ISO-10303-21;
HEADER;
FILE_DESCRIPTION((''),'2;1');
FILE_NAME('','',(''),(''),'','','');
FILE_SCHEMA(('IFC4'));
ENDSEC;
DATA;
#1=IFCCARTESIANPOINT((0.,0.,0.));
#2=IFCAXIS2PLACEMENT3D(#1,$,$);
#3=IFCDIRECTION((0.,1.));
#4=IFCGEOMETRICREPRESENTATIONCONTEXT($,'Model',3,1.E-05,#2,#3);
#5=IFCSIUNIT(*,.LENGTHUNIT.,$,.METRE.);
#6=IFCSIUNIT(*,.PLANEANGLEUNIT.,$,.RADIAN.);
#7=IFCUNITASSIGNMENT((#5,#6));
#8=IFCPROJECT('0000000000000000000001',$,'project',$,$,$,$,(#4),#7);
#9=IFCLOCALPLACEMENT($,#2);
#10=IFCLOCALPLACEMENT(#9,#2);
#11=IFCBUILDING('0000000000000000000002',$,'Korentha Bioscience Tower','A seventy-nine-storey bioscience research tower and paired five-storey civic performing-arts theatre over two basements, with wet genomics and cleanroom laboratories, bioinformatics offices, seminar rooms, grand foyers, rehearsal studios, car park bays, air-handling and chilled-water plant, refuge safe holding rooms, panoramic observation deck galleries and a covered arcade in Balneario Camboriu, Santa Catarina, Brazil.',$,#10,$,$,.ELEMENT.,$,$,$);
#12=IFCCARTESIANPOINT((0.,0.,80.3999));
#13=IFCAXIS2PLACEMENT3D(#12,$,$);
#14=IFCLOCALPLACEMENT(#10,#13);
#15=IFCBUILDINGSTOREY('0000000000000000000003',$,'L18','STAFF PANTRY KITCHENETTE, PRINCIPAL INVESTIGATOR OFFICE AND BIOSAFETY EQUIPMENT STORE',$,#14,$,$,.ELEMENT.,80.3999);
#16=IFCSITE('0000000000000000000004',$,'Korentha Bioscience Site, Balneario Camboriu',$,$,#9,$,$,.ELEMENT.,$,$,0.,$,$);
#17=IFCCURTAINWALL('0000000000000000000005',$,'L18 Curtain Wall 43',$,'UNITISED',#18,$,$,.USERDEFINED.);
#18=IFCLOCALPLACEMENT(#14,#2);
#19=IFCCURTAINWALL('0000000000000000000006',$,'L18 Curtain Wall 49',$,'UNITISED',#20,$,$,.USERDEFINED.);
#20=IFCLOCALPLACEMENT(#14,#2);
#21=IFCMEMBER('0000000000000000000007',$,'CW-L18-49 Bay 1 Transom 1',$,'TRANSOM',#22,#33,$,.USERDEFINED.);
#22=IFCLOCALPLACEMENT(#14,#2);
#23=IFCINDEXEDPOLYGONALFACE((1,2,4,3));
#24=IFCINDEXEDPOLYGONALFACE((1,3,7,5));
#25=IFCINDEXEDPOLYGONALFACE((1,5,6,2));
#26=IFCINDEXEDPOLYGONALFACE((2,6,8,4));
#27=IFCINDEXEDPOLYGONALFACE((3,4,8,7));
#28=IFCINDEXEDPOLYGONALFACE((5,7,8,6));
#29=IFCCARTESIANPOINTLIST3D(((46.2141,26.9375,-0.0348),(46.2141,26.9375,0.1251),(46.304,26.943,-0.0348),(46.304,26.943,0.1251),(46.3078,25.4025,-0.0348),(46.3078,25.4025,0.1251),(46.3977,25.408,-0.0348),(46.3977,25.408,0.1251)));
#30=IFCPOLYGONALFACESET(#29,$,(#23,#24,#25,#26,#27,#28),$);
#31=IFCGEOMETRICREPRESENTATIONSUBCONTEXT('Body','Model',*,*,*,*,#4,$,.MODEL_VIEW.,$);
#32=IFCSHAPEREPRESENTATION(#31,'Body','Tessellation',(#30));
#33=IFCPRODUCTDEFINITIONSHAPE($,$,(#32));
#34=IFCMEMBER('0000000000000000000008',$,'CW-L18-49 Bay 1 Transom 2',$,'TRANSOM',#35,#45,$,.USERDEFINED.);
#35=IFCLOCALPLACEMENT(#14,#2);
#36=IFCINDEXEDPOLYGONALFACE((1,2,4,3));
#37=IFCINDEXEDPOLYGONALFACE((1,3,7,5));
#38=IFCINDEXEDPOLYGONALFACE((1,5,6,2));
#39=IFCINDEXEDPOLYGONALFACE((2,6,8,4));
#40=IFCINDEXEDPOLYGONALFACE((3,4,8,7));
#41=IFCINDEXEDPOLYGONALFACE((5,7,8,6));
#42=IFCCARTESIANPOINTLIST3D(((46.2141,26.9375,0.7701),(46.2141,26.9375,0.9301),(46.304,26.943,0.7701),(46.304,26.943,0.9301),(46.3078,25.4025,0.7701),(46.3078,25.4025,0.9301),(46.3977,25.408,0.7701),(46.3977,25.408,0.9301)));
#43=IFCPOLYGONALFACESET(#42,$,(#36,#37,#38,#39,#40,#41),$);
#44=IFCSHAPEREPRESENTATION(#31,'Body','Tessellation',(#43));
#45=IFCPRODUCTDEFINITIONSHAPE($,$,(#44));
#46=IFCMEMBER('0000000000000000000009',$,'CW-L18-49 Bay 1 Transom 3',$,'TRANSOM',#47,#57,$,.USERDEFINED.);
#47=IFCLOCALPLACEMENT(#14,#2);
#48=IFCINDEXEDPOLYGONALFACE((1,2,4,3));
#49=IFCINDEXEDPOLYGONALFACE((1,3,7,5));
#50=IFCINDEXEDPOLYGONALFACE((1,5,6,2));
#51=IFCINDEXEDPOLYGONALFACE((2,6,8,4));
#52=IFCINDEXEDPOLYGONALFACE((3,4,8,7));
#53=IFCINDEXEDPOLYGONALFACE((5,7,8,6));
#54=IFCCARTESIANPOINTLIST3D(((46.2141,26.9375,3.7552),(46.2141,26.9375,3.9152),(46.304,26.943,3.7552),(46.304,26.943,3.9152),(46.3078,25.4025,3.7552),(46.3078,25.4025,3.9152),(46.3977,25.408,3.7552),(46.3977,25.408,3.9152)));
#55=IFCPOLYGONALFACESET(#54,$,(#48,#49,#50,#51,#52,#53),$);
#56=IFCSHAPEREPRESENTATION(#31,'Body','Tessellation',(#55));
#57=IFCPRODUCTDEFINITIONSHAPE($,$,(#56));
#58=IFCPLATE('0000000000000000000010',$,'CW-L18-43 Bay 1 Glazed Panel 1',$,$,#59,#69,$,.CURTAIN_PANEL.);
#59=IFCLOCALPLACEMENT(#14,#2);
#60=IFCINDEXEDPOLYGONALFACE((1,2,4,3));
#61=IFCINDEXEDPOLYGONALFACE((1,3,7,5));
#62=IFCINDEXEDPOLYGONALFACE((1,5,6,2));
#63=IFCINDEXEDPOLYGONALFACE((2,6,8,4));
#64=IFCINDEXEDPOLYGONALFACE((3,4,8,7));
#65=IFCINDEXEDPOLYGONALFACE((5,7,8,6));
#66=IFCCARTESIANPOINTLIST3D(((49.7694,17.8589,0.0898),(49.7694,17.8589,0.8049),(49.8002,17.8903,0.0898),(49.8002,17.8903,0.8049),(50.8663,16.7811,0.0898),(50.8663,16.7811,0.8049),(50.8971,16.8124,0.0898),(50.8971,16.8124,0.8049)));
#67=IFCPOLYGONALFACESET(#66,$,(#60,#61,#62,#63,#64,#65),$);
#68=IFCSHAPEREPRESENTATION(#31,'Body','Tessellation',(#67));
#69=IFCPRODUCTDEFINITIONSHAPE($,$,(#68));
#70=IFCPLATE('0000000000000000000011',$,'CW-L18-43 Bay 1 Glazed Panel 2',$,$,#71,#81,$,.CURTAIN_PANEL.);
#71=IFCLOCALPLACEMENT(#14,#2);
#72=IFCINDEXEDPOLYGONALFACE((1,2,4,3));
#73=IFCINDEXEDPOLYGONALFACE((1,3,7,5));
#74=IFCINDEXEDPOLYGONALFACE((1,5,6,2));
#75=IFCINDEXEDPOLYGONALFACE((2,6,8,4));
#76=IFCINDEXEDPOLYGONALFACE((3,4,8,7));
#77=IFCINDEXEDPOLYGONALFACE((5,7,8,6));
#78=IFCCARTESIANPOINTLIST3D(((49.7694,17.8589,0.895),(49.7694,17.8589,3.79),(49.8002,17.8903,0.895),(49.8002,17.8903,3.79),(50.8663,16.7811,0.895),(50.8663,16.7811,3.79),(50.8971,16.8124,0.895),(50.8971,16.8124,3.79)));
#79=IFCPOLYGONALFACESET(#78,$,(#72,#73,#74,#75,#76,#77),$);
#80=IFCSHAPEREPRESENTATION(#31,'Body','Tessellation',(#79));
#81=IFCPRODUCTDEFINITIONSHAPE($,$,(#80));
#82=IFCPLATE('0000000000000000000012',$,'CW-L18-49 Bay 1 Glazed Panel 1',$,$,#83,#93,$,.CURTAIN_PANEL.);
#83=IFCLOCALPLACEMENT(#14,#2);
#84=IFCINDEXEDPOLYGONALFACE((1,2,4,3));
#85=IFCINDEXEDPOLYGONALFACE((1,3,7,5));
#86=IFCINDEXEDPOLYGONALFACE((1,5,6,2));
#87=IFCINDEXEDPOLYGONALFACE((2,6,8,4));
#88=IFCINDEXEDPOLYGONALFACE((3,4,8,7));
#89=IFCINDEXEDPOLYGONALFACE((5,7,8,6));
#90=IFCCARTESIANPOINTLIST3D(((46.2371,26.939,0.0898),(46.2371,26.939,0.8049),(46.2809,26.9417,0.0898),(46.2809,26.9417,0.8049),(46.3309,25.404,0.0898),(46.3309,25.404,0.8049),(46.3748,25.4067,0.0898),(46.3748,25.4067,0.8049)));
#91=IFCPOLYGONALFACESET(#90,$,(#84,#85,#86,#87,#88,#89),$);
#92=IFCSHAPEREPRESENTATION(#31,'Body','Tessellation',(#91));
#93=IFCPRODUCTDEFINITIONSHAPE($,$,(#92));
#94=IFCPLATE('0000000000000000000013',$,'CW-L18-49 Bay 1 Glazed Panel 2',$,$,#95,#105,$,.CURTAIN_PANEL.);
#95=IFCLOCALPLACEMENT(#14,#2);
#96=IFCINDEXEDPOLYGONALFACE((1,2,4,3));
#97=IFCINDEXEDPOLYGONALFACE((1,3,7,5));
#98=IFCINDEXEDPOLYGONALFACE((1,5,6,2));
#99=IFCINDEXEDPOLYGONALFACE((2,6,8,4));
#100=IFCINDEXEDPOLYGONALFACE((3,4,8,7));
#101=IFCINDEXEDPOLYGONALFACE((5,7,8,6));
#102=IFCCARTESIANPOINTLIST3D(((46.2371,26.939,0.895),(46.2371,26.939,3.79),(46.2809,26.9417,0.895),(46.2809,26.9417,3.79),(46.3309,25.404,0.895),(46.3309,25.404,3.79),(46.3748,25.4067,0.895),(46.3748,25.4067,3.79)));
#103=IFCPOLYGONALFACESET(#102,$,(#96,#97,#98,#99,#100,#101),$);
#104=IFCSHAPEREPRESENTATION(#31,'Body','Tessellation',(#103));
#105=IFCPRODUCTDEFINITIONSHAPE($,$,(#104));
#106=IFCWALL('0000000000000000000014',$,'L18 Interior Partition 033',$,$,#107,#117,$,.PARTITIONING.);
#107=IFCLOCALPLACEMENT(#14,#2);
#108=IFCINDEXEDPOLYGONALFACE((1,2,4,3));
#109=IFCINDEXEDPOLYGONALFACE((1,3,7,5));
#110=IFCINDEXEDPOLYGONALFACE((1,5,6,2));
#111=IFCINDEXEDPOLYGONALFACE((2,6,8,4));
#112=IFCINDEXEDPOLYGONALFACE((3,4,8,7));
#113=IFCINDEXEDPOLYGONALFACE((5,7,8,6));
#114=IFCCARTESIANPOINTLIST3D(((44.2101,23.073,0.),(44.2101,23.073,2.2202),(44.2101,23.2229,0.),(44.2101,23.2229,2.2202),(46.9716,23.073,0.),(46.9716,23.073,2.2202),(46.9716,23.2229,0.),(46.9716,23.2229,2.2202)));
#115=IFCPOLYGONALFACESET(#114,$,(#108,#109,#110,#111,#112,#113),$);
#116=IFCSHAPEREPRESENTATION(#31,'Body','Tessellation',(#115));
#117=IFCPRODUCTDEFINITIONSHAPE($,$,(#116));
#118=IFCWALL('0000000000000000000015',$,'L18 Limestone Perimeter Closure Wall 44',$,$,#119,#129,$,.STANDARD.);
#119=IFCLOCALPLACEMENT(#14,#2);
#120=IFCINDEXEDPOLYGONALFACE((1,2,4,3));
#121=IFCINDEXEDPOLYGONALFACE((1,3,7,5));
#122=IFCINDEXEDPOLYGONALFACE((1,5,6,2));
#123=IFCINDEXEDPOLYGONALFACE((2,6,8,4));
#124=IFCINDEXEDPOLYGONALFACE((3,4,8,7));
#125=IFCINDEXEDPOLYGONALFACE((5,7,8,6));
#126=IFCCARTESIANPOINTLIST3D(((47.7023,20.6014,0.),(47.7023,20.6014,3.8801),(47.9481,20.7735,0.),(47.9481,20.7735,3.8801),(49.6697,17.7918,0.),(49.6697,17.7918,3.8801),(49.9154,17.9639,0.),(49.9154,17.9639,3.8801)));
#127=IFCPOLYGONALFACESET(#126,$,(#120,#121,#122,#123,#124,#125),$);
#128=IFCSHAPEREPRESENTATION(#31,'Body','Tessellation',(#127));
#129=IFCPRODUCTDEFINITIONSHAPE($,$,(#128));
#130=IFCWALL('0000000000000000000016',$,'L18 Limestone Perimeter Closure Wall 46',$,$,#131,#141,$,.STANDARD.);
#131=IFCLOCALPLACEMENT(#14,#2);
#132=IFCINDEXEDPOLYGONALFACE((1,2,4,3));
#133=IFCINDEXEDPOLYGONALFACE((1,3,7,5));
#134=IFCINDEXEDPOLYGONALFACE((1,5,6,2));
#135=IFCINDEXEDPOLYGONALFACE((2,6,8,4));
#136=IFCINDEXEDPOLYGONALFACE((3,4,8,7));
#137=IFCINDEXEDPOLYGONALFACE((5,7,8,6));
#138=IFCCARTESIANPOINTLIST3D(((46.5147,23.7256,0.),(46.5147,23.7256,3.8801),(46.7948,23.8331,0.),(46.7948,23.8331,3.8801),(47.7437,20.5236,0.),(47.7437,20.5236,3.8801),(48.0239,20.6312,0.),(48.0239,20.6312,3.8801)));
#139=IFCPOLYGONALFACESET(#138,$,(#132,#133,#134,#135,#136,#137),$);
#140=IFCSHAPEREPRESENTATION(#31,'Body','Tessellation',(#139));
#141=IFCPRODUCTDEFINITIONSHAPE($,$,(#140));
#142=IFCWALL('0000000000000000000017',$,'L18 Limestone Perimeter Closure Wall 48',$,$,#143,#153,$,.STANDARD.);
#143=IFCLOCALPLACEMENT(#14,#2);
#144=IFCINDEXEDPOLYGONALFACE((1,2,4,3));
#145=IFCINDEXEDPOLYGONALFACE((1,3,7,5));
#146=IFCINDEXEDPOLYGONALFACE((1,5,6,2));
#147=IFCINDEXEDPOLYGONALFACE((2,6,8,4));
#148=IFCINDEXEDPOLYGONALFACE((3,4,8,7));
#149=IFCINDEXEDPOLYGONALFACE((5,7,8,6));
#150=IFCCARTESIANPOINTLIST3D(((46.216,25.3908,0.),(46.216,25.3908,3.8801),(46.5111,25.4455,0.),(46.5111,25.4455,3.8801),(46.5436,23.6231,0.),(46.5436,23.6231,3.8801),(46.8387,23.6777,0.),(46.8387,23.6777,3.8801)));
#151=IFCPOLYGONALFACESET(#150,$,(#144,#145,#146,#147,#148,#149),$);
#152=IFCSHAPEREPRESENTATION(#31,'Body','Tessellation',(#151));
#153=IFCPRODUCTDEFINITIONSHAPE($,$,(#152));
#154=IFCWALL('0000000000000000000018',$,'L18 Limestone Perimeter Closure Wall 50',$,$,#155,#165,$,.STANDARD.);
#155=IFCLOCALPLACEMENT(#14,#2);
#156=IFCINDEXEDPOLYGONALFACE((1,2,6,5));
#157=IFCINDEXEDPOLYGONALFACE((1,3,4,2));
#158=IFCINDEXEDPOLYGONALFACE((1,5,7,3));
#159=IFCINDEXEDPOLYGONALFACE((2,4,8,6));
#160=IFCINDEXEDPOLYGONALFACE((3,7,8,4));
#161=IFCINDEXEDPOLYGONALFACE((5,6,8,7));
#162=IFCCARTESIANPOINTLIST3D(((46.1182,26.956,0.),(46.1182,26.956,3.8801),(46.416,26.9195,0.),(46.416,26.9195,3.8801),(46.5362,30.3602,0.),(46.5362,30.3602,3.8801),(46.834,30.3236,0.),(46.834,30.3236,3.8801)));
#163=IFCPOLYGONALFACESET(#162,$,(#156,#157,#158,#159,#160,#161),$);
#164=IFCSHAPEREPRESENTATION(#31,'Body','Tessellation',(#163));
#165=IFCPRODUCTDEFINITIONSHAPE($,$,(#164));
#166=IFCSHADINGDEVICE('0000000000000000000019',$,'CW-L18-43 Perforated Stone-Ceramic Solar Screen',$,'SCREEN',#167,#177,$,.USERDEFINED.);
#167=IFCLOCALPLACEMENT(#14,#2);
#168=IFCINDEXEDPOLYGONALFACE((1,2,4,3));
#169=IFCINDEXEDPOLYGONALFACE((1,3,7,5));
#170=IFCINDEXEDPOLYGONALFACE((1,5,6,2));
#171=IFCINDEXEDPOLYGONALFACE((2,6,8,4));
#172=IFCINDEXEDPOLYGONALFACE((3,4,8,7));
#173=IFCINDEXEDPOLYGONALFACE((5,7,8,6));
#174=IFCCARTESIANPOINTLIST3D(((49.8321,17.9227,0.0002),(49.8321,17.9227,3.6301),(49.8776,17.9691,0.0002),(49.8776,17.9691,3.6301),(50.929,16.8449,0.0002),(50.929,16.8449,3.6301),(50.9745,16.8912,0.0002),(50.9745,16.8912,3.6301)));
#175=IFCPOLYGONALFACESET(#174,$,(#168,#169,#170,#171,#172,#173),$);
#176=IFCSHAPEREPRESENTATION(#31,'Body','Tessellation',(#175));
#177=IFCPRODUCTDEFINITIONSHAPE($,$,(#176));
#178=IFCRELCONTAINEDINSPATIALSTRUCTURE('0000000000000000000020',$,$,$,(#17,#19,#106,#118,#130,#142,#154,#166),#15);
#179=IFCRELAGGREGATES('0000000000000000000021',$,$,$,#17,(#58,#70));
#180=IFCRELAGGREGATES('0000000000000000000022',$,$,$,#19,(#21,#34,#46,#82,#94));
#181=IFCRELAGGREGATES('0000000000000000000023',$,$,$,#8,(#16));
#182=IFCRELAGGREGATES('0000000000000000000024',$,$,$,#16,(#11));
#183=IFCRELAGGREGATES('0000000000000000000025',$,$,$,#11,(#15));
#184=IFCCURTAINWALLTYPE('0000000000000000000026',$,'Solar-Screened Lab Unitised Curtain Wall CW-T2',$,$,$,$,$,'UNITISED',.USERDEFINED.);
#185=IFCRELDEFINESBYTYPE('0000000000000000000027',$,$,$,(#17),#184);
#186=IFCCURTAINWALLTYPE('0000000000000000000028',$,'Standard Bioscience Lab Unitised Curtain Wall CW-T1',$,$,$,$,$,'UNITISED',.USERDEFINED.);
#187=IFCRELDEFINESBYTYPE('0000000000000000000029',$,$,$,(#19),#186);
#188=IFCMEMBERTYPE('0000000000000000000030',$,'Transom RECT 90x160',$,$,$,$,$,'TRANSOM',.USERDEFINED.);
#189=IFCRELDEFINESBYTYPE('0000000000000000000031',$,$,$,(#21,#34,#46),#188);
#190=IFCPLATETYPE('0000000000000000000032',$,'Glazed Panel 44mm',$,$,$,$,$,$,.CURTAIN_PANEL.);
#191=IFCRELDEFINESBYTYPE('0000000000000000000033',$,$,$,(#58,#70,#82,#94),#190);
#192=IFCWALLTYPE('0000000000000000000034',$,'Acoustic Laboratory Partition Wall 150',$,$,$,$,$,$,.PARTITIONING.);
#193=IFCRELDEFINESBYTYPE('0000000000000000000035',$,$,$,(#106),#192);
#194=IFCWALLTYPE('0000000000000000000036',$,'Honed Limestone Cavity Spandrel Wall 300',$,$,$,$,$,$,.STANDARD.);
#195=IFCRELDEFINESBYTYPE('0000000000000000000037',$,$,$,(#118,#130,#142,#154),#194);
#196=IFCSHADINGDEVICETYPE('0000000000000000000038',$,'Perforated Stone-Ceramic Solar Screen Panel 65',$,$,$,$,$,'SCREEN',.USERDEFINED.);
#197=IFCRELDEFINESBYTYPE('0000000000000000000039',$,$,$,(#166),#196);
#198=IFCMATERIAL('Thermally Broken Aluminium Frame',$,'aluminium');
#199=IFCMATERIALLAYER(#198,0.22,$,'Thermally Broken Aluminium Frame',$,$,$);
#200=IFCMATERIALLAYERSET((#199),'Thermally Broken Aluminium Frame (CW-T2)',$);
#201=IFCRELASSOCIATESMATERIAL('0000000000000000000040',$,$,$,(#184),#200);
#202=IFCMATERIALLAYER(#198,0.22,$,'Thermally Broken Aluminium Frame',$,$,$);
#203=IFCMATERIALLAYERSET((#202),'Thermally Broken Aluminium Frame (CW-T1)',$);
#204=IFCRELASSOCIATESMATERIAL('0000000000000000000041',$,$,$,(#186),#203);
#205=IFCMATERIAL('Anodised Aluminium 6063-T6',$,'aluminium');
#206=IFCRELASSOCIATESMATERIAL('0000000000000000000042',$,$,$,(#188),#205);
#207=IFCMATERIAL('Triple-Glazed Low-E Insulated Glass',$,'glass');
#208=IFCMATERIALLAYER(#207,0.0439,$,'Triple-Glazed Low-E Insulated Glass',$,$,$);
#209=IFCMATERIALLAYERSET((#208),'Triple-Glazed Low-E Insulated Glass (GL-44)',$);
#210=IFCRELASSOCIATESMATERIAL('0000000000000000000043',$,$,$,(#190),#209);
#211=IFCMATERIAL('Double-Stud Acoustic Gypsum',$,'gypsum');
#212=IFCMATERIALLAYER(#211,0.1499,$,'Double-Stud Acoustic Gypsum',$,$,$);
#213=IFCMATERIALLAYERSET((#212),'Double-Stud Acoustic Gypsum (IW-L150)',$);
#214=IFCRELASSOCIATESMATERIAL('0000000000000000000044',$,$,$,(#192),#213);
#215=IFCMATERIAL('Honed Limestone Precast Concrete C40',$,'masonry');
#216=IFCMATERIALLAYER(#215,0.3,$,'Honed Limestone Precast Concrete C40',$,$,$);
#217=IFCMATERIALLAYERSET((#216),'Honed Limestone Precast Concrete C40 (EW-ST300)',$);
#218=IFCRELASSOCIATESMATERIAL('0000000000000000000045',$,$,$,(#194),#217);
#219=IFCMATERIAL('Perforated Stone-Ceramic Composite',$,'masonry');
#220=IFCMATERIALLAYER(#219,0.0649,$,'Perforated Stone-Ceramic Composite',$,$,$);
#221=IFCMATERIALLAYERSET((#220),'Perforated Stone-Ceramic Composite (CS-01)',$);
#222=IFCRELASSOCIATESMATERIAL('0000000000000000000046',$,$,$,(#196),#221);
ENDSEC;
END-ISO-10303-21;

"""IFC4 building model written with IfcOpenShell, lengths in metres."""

from ifc_helpers import new_model, si_unit, direction, frame, frame_2d, origin, origin_2d, place, context, subcontext, project, spatial, rectangle, extrude, material, layer, layer_set, material_profile, profile_set, type_object, element, aggregate, save


model = new_model("IFC4")

# Units and contexts
model_context = context("Model", 3, precision=1e-05, world=origin(), true_north=direction((0.0, 1.0)))
body_context = subcontext(model_context, "Body", "Model", "MODEL_VIEW")
ifc_project = project(units=[si_unit("LENGTHUNIT", "METRE"), si_unit("PLANEANGLEUNIT", "RADIAN")], contexts=[model_context])

# Site, building, storey
site_placement = place(None, origin())
site = spatial("IfcSite", under=ifc_project, at=site_placement, Name="Korentha Bioscience Site, Balneario Camboriu", CompositionType="ELEMENT", RefElevation=0.0)
building_placement = place(site_placement, origin())
building = spatial("IfcBuilding", under=site, at=building_placement, Name="Korentha Bioscience Tower", Description="A seventy-nine-storey bioscience research tower and paired five-storey civic performing-arts theatre over two basements, with wet genomics and cleanroom laboratories, bioinformatics offices, seminar rooms, grand foyers, rehearsal studios, car park bays, air-handling and chilled-water plant, refuge safe holding rooms, panoramic observation deck galleries and a covered arcade in Balneario Camboriu, Santa Catarina, Brazil.", CompositionType="ELEMENT")
storey_placement = place(building_placement, frame((0.0, 0.0, 80.3999)))
storey = spatial("IfcBuildingStorey", under=building, at=storey_placement, Name="L18", Description="STAFF PANTRY KITCHENETTE, PRINCIPAL INVESTIGATOR OFFICE AND BIOSAFETY EQUIPMENT STORE", CompositionType="ELEMENT", Elevation=80.3999)

# Curtain wall
ifc_material_1 = material(Name="Thermally Broken Aluminium Frame", Category="aluminium")
ifc_layer_1 = layer(ifc_material_1, 0.22, Name="Thermally Broken Aluminium Frame")
ifc_layer_set_1 = layer_set([ifc_layer_1], Name="Thermally Broken Aluminium Frame (CW-T2)")
curtain_wall_type_1 = type_object("IfcCurtainWallType", Name="Solar-Screened Lab Unitised Curtain Wall CW-T2", ElementType="UNITISED", PredefinedType="USERDEFINED", material=ifc_layer_set_1)
curtain_wall_1_placement = place(storey_placement, origin())
curtain_wall_1 = element("IfcCurtainWall", 1, at=curtain_wall_1_placement, inside=storey, type_object=curtain_wall_type_1, Name="L18 Curtain Wall 43", ObjectType="UNITISED", PredefinedType="USERDEFINED")
ifc_material_2 = material(Name="Anodised Aluminium 6063-T6", Category="aluminium")

# Curtain wall
ifc_layer_2 = layer(ifc_material_1, 0.22, Name="Thermally Broken Aluminium Frame")
ifc_layer_set_2 = layer_set([ifc_layer_2], Name="Thermally Broken Aluminium Frame (CW-T1)")
curtain_wall_type_2 = type_object("IfcCurtainWallType", Name="Standard Bioscience Lab Unitised Curtain Wall CW-T1", ElementType="UNITISED", PredefinedType="USERDEFINED", material=ifc_layer_set_2)
curtain_wall_2_placement = place(storey_placement, origin())
curtain_wall_2 = element("IfcCurtainWall", 2, at=curtain_wall_2_placement, inside=storey, type_object=curtain_wall_type_2, Name="L18 Curtain Wall 49", ObjectType="UNITISED", PredefinedType="USERDEFINED")

# Members
ifc_material_profile_1 = material_profile(ifc_material_2, rectangle(XDim=0.0901, YDim=0.1599, at=origin_2d()), Name="Anodised Aluminium 6063-T6")
ifc_profile_set_1 = profile_set([ifc_material_profile_1], Name="Anodised Aluminium 6063-T6 (CW-TRN)")
member_type_1 = type_object("IfcMemberType", Name="Transom RECT 90x160", ElementType="TRANSOM", PredefinedType="USERDEFINED", material=ifc_profile_set_1)
member_1_placement = place(storey_placement, frame((46.3528, 25.4053, 0.0452), z_axis=(-0.060965, 0.99814, 0.0), x_axis=(-0.99814, -0.060965, 0.0)))
member_1 = element("IfcMember", 3, at=member_1_placement, type_object=member_type_1, Name="CW-L18-49 Bay 1 Transom 1", ObjectType="TRANSOM", PredefinedType="USERDEFINED", context=body_context, shape_type="SweptSolid", body=[
    extrude(rectangle(XDim=0.0901, YDim=0.1599, at=origin_2d()), origin(), (0.0, 0.0, 1.0), 1.5378),
])
member_2_placement = place(storey_placement, frame((46.3528, 25.4053, 0.8501), z_axis=(-0.060965, 0.99814, 0.0), x_axis=(-0.99814, -0.060965, 0.0)))
member_2 = element("IfcMember", 4, at=member_2_placement, type_object=member_type_1, Name="CW-L18-49 Bay 1 Transom 2", ObjectType="TRANSOM", PredefinedType="USERDEFINED", context=body_context, shape_type="SweptSolid", body=[
    extrude(rectangle(XDim=0.0901, YDim=0.1599, at=origin_2d()), origin(), (0.0, 0.0, 1.0), 1.5378),
])
member_3_placement = place(storey_placement, frame((46.3528, 25.4053, 3.8352), z_axis=(-0.060965, 0.99814, 0.0), x_axis=(-0.99814, -0.060965, 0.0)))
member_3 = element("IfcMember", 5, at=member_3_placement, type_object=member_type_1, Name="CW-L18-49 Bay 1 Transom 3", ObjectType="TRANSOM", PredefinedType="USERDEFINED", context=body_context, shape_type="SweptSolid", body=[
    extrude(rectangle(XDim=0.0901, YDim=0.1599, at=origin_2d()), origin(), (0.0, 0.0, 1.0), 1.5378),
])

# Plates
ifc_material_3 = material(Name="Triple-Glazed Low-E Insulated Glass", Category="glass")
ifc_layer_3 = layer(ifc_material_3, 0.0439, Name="Triple-Glazed Low-E Insulated Glass")
ifc_layer_set_3 = layer_set([ifc_layer_3], Name="Triple-Glazed Low-E Insulated Glass (GL-44)")
plate_type = type_object("IfcPlateType", Name="Glazed Panel 44mm", PredefinedType="CURTAIN_PANEL", material=ifc_layer_set_3)
plate_1_placement = place(storey_placement, frame((50.3333, 17.3357, 0.0898), z_axis=(0.0, 0.0, 1.0), x_axis=(-0.713279, 0.70088, 0.0)))
plate_1 = element("IfcPlate", 6, at=plate_1_placement, type_object=plate_type, Name="CW-L18-43 Bay 1 Glazed Panel 1", PredefinedType="CURTAIN_PANEL", context=body_context, shape_type="SweptSolid", body=[
    extrude(rectangle(XDim=1.5378, YDim=0.0439, at=origin_2d()), origin(), (0.0, 0.0, 1.0), 0.7151),
])
plate_2_placement = place(storey_placement, frame((50.3333, 17.3357, 0.895), z_axis=(0.0, 0.0, 1.0), x_axis=(-0.713279, 0.70088, 0.0)))
plate_2 = element("IfcPlate", 7, at=plate_2_placement, type_object=plate_type, Name="CW-L18-43 Bay 1 Glazed Panel 2", PredefinedType="CURTAIN_PANEL", context=body_context, shape_type="SweptSolid", body=[
    extrude(rectangle(XDim=1.5378, YDim=0.0439, at=origin_2d()), origin(), (0.0, 0.0, 1.0), 2.895),
])
aggregate(curtain_wall_1, [plate_1, plate_2])
plate_3_placement = place(storey_placement, frame((46.3059, 26.1729, 0.0898), z_axis=(0.0, 0.0, 1.0), x_axis=(-0.061008, 0.998137, 0.0)))
plate_3 = element("IfcPlate", 8, at=plate_3_placement, type_object=plate_type, Name="CW-L18-49 Bay 1 Glazed Panel 1", PredefinedType="CURTAIN_PANEL", context=body_context, shape_type="SweptSolid", body=[
    extrude(rectangle(XDim=1.5378, YDim=0.0439, at=origin_2d()), origin(), (0.0, 0.0, 1.0), 0.7151),
])
plate_4_placement = place(storey_placement, frame((46.3059, 26.1729, 0.895), z_axis=(0.0, 0.0, 1.0), x_axis=(-0.061008, 0.998137, 0.0)))
plate_4 = element("IfcPlate", 9, at=plate_4_placement, type_object=plate_type, Name="CW-L18-49 Bay 1 Glazed Panel 2", PredefinedType="CURTAIN_PANEL", context=body_context, shape_type="SweptSolid", body=[
    extrude(rectangle(XDim=1.5378, YDim=0.0439, at=origin_2d()), origin(), (0.0, 0.0, 1.0), 2.895),
])
aggregate(curtain_wall_2, [member_1, member_2, member_3, plate_3, plate_4])

# Walls
ifc_material_4 = material(Name="Double-Stud Acoustic Gypsum", Category="gypsum")
ifc_layer_4 = layer(ifc_material_4, 0.1499, Name="Double-Stud Acoustic Gypsum")
ifc_layer_set_4 = layer_set([ifc_layer_4], Name="Double-Stud Acoustic Gypsum (IW-L150)")
wall_type_1 = type_object("IfcWallType", Name="Acoustic Laboratory Partition Wall 150", PredefinedType="PARTITIONING", material=ifc_layer_set_4)
wall_1_placement = place(storey_placement, frame((44.21, 23.1479, 0.0), z_axis=(0.0, 0.0, 1.0), x_axis=(1.0, 0.0, 0.0)))
element("IfcWall", 10, at=wall_1_placement, inside=storey, type_object=wall_type_1, Name="L18 Interior Partition 033", PredefinedType="PARTITIONING", context=body_context, shape_type="SweptSolid", body=[
    extrude(rectangle(XDim=2.7615, YDim=0.1499, at=frame_2d((1.3809, 0.0))), origin(), (0.0, 0.0, 1.0), 2.2202),
])
ifc_material_5 = material(Name="Honed Limestone Precast Concrete C40", Category="masonry")
ifc_layer_5 = layer(ifc_material_5, 0.3, Name="Honed Limestone Precast Concrete C40")
ifc_layer_set_5 = layer_set([ifc_layer_5], Name="Honed Limestone Precast Concrete C40 (EW-ST300)")
wall_type_2 = type_object("IfcWallType", Name="Honed Limestone Cavity Spandrel Wall 300", PredefinedType="STANDARD", material=ifc_layer_set_5)
wall_2_placement = place(storey_placement, frame((49.7925, 17.8779, 0.0), z_axis=(0.0, 0.0, 1.0), x_axis=(-0.573577, 0.819152, 0.0)))
element("IfcWall", 11, at=wall_2_placement, inside=storey, type_object=wall_type_2, Name="L18 Limestone Perimeter Closure Wall 44", PredefinedType="STANDARD", context=body_context, shape_type="SweptSolid", body=[
    extrude(rectangle(XDim=3.4299, YDim=0.3, at=frame_2d((1.7148, 0.0))), origin(), (0.0, 0.0, 1.0), 3.8801),
])
wall_3_placement = place(storey_placement, frame((47.8838, 20.5774, 0.0), z_axis=(0.0, 0.0, 1.0), x_axis=(-0.358345, 0.933589, 0.0)))
element("IfcWall", 12, at=wall_3_placement, inside=storey, type_object=wall_type_2, Name="L18 Limestone Perimeter Closure Wall 46", PredefinedType="STANDARD", context=body_context, shape_type="SweptSolid", body=[
    extrude(rectangle(XDim=3.4297, YDim=0.3, at=frame_2d((1.7148, 0.0))), origin(), (0.0, 0.0, 1.0), 3.8801),
])
wall_4_placement = place(storey_placement, frame((46.6912, 23.6504, 0.0), z_axis=(0.0, 0.0, 1.0), x_axis=(-0.18223, 0.983256, 0.0)))
element("IfcWall", 13, at=wall_4_placement, inside=storey, type_object=wall_type_2, Name="L18 Limestone Perimeter Closure Wall 48", PredefinedType="STANDARD", context=body_context, shape_type="SweptSolid", body=[
    extrude(rectangle(XDim=1.7979, YDim=0.3, at=frame_2d((0.8989, 0.0))), origin(), (0.0, 0.0, 1.0), 3.8801),
])
wall_5_placement = place(storey_placement, frame((46.2671, 26.9377, 0.0), z_axis=(0.0, 0.0, 1.0), x_axis=(0.12187, 0.992546, 0.0)))
element("IfcWall", 14, at=wall_5_placement, inside=storey, type_object=wall_type_2, Name="L18 Limestone Perimeter Closure Wall 50", PredefinedType="STANDARD", context=body_context, shape_type="SweptSolid", body=[
    extrude(rectangle(XDim=3.4297, YDim=0.3, at=frame_2d((1.7148, 0.0))), origin(), (0.0, 0.0, 1.0), 3.8801),
])

# Shading device
ifc_material_6 = material(Name="Perforated Stone-Ceramic Composite", Category="masonry")
ifc_layer_6 = layer(ifc_material_6, 0.0649, Name="Perforated Stone-Ceramic Composite")
ifc_layer_set_6 = layer_set([ifc_layer_6], Name="Perforated Stone-Ceramic Composite (CS-01)")
shading_device_type_1 = type_object("IfcShadingDeviceType", Name="Perforated Stone-Ceramic Solar Screen Panel 65", ElementType="SCREEN", PredefinedType="USERDEFINED", material=ifc_layer_set_6)
shading_device_1_placement = place(storey_placement, frame((50.4033, 17.407, 0.0002), z_axis=(0.0, 0.0, 1.0), x_axis=(-0.713279, 0.70088, 0.0)))
element("IfcShadingDevice", 15, at=shading_device_1_placement, inside=storey, type_object=shading_device_type_1, Name="CW-L18-43 Perforated Stone-Ceramic Solar Screen", ObjectType="SCREEN", PredefinedType="USERDEFINED", context=body_context, shape_type="SweptSolid", body=[
    extrude(rectangle(XDim=1.5378, YDim=0.0649, at=origin_2d()), origin(), (0.0, 0.0, 1.0), 3.6299),
])

save(model, "model.ifc")
